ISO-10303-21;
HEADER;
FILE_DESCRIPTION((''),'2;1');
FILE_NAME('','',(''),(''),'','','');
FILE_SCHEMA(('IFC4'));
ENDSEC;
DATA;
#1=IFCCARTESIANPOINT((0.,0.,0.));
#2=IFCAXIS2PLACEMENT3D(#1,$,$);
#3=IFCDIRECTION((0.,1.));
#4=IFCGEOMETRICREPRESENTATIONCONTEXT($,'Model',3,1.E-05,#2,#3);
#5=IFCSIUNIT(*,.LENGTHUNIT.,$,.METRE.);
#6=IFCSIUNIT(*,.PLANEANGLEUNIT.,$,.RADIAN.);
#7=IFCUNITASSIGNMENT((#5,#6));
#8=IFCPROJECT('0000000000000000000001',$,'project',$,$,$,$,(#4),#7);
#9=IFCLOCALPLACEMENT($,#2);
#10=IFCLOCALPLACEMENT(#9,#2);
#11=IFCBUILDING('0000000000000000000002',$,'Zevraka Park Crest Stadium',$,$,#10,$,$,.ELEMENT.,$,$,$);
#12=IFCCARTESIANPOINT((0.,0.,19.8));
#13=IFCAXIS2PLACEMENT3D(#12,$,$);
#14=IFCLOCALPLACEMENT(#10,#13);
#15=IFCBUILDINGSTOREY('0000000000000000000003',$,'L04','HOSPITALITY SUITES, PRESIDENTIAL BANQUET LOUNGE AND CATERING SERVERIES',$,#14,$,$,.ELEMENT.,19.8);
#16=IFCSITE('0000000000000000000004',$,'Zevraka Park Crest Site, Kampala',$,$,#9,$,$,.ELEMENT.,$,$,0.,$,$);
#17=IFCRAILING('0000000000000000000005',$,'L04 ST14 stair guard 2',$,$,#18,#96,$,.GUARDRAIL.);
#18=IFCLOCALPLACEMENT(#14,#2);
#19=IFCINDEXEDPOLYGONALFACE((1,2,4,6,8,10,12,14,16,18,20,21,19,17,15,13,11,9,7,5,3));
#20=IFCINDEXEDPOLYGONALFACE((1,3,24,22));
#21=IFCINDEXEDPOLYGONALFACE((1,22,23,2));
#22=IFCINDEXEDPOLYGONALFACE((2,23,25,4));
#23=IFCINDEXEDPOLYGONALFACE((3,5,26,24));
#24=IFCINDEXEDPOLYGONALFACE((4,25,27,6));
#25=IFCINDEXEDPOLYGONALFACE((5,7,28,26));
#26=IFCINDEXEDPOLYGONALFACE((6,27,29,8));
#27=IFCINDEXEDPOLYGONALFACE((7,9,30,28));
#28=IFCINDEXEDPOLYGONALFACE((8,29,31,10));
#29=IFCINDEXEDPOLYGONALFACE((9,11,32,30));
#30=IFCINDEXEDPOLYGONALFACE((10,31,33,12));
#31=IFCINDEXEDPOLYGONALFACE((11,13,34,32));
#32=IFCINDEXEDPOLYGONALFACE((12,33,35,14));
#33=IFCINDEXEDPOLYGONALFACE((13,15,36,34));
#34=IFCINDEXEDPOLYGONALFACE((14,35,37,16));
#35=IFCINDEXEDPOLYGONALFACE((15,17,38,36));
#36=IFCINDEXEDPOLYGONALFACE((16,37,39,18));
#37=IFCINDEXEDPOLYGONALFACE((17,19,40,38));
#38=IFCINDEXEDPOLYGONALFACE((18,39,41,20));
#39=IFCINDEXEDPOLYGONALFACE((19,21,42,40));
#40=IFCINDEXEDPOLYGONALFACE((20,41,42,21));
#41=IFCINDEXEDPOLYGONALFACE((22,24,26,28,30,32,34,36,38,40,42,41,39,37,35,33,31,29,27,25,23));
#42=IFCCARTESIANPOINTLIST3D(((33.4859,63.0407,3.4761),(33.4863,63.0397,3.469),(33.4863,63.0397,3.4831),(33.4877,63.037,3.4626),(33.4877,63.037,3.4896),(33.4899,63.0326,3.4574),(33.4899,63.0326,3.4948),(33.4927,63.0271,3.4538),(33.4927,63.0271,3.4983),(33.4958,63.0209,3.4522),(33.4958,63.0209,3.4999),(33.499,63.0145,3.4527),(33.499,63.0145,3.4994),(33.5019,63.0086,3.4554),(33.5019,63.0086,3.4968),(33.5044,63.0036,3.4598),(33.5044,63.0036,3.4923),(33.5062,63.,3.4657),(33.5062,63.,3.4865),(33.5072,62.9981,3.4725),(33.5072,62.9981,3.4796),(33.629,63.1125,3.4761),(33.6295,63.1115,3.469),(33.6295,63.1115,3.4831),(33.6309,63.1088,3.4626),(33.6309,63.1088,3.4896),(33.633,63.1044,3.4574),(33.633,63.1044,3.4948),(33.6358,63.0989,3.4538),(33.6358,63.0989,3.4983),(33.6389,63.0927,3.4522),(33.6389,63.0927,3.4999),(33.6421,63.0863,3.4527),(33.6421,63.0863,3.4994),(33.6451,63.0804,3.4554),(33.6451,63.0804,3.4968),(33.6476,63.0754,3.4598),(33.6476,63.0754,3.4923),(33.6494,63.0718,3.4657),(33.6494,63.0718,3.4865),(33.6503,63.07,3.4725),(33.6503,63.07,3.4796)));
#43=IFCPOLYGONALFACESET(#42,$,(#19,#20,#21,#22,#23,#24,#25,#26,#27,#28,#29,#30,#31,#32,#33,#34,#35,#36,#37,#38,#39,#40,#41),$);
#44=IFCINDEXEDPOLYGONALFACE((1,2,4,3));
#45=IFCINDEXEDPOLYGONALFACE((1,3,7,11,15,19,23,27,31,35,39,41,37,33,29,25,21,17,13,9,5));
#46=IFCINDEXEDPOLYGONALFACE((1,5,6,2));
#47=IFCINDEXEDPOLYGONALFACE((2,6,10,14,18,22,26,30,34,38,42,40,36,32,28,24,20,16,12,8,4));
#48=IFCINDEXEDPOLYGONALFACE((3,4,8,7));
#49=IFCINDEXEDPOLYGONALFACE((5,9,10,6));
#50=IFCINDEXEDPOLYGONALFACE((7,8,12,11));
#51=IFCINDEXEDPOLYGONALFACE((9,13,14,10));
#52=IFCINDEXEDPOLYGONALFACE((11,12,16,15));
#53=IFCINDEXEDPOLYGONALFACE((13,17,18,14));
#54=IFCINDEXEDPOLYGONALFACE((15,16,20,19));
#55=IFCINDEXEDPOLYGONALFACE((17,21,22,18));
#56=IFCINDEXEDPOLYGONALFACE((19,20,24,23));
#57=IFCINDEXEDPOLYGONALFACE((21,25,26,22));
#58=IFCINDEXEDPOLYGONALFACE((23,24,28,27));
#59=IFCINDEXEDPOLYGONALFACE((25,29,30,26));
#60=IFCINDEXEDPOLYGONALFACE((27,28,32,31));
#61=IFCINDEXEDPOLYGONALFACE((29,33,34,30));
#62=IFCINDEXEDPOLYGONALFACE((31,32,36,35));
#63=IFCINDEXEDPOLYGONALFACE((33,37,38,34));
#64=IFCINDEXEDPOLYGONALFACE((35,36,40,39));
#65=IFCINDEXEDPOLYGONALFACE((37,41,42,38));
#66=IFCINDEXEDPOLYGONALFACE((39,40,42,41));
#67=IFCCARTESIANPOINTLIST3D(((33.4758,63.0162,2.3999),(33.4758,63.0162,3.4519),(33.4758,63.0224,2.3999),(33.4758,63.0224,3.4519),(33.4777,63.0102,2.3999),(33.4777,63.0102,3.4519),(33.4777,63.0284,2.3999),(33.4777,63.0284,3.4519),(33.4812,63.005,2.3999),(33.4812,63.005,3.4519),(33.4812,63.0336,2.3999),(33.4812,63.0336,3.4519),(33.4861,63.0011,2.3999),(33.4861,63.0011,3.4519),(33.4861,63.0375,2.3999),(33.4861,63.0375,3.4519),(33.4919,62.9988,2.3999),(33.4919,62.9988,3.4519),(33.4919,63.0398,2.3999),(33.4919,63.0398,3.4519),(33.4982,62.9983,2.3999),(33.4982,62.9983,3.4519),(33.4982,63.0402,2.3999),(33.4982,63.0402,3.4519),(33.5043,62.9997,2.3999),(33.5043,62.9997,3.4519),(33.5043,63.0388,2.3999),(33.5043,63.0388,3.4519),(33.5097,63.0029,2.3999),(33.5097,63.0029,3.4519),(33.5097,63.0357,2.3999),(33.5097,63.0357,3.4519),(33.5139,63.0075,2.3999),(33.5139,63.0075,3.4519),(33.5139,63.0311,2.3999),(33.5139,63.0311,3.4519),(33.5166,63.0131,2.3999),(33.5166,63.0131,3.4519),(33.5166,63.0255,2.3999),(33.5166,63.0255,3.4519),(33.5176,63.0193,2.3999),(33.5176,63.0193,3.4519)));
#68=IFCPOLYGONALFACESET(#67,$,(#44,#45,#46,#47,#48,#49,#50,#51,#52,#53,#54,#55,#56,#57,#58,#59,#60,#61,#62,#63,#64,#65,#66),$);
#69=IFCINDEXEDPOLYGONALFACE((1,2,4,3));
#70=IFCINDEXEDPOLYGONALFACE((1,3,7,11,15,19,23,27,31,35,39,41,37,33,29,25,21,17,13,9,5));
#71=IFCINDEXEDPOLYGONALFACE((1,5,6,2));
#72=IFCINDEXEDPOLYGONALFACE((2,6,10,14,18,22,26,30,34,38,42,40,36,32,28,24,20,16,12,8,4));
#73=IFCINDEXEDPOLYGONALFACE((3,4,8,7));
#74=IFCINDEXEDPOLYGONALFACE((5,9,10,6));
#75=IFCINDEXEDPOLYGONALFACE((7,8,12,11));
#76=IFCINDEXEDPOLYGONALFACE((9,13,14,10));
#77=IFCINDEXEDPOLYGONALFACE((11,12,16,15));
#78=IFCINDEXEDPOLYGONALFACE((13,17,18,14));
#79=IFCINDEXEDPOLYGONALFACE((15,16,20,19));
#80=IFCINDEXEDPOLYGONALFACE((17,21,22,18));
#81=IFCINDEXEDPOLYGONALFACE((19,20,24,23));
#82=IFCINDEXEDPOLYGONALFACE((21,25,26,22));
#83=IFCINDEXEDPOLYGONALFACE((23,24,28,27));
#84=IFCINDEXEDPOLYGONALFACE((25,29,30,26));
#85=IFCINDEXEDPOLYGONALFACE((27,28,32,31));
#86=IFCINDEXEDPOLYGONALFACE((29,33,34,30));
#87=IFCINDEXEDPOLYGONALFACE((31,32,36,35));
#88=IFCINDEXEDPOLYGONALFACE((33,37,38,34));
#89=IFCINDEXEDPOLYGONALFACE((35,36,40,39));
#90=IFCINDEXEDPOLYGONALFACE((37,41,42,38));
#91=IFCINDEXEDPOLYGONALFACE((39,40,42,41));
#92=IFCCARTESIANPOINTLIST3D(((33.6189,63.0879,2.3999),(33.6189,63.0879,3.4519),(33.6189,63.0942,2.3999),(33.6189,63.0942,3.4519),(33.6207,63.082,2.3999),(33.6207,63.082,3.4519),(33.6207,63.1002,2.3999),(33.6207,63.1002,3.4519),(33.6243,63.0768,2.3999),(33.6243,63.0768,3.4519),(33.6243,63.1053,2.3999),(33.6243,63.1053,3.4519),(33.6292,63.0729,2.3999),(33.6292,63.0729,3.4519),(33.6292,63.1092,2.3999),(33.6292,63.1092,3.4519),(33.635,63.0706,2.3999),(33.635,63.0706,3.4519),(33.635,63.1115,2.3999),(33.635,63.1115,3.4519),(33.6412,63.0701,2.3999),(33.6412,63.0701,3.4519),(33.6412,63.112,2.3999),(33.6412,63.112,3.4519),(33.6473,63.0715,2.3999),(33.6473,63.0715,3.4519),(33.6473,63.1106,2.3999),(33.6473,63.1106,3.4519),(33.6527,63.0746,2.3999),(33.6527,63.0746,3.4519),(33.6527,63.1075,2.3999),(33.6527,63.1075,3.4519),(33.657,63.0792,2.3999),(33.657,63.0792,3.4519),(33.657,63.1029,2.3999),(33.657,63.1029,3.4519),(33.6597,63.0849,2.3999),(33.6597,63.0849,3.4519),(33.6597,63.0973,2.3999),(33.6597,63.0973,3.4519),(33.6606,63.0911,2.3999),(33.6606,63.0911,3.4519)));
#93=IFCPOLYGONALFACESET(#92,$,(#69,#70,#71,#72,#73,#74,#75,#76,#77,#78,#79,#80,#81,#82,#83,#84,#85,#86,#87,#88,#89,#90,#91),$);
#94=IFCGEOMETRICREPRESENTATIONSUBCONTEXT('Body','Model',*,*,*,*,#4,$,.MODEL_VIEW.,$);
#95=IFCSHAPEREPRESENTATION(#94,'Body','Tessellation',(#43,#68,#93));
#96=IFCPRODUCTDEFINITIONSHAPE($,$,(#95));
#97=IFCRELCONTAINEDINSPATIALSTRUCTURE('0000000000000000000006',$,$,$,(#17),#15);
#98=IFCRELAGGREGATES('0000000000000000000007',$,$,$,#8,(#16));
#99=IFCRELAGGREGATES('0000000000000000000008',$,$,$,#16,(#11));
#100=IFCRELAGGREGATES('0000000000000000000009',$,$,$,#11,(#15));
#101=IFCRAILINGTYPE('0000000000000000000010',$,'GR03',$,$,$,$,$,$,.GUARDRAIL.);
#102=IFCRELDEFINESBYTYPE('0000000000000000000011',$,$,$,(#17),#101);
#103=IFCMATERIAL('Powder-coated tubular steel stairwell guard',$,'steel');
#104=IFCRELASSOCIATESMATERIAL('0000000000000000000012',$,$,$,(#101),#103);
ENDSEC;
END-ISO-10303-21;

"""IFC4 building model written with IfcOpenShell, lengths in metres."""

from ifc_helpers import new_model, si_unit, direction, frame, origin, origin_2d, place, context, subcontext, project, spatial, circle, extrude, material, type_object, element, save


model = new_model("IFC4")

# Units and contexts
model_context = context("Model", 3, precision=1e-05, world=origin(), true_north=direction((0.0, 1.0)))
body_context = subcontext(model_context, "Body", "Model", "MODEL_VIEW")
ifc_project = project(units=[si_unit("LENGTHUNIT", "METRE"), si_unit("PLANEANGLEUNIT", "RADIAN")], contexts=[model_context])

# Site, building, storey
site_placement = place(None, origin())
site = spatial("IfcSite", under=ifc_project, at=site_placement, Name="Zevraka Park Crest Site, Kampala", CompositionType="ELEMENT", RefElevation=0.0)
building_placement = place(site_placement, origin())
building = spatial("IfcBuilding", under=site, at=building_placement, Name="Zevraka Park Crest Stadium", CompositionType="ELEMENT")
storey_placement = place(building_placement, frame((0.0, 0.0, 19.8)))
storey = spatial("IfcBuildingStorey", under=building, at=storey_placement, Name="L04", Description="HOSPITALITY SUITES, PRESIDENTIAL BANQUET LOUNGE AND CATERING SERVERIES", CompositionType="ELEMENT", Elevation=19.8)

# Railing
ifc_material_1 = material(Name="Powder-coated tubular steel stairwell guard", Category="steel")
railing_type_1 = type_object("IfcRailingType", Name="GR03", PredefinedType="GUARDRAIL", material=ifc_material_1)
railing_1_placement = place(storey_placement, frame((33.4966, 63.0193, 2.3999)))
element("IfcRailing", 1, at=railing_1_placement, inside=storey, type_object=railing_type_1, Name="L04 ST14 stair guard 2", PredefinedType="GUARDRAIL", context=body_context, shape_type="SweptSolid", body=[
    extrude(circle(Radius=0.0239, at=origin_2d()), frame((0.0, 0.0, 1.0762), z_axis=(0.893816, 0.448433, 0.0), x_axis=(-0.448433, 0.893816, 0.0)), (0.0, 0.0, 1.0), 0.1602),
    extrude(circle(Radius=0.021, at=origin_2d()), origin(), (0.0, 0.0, 1.0), 1.052),
    extrude(circle(Radius=0.021, at=origin_2d()), frame((0.1431, 0.0718, 0.0)), (0.0, 0.0, 1.0), 1.052),
])

save(model, "model.ifc")
